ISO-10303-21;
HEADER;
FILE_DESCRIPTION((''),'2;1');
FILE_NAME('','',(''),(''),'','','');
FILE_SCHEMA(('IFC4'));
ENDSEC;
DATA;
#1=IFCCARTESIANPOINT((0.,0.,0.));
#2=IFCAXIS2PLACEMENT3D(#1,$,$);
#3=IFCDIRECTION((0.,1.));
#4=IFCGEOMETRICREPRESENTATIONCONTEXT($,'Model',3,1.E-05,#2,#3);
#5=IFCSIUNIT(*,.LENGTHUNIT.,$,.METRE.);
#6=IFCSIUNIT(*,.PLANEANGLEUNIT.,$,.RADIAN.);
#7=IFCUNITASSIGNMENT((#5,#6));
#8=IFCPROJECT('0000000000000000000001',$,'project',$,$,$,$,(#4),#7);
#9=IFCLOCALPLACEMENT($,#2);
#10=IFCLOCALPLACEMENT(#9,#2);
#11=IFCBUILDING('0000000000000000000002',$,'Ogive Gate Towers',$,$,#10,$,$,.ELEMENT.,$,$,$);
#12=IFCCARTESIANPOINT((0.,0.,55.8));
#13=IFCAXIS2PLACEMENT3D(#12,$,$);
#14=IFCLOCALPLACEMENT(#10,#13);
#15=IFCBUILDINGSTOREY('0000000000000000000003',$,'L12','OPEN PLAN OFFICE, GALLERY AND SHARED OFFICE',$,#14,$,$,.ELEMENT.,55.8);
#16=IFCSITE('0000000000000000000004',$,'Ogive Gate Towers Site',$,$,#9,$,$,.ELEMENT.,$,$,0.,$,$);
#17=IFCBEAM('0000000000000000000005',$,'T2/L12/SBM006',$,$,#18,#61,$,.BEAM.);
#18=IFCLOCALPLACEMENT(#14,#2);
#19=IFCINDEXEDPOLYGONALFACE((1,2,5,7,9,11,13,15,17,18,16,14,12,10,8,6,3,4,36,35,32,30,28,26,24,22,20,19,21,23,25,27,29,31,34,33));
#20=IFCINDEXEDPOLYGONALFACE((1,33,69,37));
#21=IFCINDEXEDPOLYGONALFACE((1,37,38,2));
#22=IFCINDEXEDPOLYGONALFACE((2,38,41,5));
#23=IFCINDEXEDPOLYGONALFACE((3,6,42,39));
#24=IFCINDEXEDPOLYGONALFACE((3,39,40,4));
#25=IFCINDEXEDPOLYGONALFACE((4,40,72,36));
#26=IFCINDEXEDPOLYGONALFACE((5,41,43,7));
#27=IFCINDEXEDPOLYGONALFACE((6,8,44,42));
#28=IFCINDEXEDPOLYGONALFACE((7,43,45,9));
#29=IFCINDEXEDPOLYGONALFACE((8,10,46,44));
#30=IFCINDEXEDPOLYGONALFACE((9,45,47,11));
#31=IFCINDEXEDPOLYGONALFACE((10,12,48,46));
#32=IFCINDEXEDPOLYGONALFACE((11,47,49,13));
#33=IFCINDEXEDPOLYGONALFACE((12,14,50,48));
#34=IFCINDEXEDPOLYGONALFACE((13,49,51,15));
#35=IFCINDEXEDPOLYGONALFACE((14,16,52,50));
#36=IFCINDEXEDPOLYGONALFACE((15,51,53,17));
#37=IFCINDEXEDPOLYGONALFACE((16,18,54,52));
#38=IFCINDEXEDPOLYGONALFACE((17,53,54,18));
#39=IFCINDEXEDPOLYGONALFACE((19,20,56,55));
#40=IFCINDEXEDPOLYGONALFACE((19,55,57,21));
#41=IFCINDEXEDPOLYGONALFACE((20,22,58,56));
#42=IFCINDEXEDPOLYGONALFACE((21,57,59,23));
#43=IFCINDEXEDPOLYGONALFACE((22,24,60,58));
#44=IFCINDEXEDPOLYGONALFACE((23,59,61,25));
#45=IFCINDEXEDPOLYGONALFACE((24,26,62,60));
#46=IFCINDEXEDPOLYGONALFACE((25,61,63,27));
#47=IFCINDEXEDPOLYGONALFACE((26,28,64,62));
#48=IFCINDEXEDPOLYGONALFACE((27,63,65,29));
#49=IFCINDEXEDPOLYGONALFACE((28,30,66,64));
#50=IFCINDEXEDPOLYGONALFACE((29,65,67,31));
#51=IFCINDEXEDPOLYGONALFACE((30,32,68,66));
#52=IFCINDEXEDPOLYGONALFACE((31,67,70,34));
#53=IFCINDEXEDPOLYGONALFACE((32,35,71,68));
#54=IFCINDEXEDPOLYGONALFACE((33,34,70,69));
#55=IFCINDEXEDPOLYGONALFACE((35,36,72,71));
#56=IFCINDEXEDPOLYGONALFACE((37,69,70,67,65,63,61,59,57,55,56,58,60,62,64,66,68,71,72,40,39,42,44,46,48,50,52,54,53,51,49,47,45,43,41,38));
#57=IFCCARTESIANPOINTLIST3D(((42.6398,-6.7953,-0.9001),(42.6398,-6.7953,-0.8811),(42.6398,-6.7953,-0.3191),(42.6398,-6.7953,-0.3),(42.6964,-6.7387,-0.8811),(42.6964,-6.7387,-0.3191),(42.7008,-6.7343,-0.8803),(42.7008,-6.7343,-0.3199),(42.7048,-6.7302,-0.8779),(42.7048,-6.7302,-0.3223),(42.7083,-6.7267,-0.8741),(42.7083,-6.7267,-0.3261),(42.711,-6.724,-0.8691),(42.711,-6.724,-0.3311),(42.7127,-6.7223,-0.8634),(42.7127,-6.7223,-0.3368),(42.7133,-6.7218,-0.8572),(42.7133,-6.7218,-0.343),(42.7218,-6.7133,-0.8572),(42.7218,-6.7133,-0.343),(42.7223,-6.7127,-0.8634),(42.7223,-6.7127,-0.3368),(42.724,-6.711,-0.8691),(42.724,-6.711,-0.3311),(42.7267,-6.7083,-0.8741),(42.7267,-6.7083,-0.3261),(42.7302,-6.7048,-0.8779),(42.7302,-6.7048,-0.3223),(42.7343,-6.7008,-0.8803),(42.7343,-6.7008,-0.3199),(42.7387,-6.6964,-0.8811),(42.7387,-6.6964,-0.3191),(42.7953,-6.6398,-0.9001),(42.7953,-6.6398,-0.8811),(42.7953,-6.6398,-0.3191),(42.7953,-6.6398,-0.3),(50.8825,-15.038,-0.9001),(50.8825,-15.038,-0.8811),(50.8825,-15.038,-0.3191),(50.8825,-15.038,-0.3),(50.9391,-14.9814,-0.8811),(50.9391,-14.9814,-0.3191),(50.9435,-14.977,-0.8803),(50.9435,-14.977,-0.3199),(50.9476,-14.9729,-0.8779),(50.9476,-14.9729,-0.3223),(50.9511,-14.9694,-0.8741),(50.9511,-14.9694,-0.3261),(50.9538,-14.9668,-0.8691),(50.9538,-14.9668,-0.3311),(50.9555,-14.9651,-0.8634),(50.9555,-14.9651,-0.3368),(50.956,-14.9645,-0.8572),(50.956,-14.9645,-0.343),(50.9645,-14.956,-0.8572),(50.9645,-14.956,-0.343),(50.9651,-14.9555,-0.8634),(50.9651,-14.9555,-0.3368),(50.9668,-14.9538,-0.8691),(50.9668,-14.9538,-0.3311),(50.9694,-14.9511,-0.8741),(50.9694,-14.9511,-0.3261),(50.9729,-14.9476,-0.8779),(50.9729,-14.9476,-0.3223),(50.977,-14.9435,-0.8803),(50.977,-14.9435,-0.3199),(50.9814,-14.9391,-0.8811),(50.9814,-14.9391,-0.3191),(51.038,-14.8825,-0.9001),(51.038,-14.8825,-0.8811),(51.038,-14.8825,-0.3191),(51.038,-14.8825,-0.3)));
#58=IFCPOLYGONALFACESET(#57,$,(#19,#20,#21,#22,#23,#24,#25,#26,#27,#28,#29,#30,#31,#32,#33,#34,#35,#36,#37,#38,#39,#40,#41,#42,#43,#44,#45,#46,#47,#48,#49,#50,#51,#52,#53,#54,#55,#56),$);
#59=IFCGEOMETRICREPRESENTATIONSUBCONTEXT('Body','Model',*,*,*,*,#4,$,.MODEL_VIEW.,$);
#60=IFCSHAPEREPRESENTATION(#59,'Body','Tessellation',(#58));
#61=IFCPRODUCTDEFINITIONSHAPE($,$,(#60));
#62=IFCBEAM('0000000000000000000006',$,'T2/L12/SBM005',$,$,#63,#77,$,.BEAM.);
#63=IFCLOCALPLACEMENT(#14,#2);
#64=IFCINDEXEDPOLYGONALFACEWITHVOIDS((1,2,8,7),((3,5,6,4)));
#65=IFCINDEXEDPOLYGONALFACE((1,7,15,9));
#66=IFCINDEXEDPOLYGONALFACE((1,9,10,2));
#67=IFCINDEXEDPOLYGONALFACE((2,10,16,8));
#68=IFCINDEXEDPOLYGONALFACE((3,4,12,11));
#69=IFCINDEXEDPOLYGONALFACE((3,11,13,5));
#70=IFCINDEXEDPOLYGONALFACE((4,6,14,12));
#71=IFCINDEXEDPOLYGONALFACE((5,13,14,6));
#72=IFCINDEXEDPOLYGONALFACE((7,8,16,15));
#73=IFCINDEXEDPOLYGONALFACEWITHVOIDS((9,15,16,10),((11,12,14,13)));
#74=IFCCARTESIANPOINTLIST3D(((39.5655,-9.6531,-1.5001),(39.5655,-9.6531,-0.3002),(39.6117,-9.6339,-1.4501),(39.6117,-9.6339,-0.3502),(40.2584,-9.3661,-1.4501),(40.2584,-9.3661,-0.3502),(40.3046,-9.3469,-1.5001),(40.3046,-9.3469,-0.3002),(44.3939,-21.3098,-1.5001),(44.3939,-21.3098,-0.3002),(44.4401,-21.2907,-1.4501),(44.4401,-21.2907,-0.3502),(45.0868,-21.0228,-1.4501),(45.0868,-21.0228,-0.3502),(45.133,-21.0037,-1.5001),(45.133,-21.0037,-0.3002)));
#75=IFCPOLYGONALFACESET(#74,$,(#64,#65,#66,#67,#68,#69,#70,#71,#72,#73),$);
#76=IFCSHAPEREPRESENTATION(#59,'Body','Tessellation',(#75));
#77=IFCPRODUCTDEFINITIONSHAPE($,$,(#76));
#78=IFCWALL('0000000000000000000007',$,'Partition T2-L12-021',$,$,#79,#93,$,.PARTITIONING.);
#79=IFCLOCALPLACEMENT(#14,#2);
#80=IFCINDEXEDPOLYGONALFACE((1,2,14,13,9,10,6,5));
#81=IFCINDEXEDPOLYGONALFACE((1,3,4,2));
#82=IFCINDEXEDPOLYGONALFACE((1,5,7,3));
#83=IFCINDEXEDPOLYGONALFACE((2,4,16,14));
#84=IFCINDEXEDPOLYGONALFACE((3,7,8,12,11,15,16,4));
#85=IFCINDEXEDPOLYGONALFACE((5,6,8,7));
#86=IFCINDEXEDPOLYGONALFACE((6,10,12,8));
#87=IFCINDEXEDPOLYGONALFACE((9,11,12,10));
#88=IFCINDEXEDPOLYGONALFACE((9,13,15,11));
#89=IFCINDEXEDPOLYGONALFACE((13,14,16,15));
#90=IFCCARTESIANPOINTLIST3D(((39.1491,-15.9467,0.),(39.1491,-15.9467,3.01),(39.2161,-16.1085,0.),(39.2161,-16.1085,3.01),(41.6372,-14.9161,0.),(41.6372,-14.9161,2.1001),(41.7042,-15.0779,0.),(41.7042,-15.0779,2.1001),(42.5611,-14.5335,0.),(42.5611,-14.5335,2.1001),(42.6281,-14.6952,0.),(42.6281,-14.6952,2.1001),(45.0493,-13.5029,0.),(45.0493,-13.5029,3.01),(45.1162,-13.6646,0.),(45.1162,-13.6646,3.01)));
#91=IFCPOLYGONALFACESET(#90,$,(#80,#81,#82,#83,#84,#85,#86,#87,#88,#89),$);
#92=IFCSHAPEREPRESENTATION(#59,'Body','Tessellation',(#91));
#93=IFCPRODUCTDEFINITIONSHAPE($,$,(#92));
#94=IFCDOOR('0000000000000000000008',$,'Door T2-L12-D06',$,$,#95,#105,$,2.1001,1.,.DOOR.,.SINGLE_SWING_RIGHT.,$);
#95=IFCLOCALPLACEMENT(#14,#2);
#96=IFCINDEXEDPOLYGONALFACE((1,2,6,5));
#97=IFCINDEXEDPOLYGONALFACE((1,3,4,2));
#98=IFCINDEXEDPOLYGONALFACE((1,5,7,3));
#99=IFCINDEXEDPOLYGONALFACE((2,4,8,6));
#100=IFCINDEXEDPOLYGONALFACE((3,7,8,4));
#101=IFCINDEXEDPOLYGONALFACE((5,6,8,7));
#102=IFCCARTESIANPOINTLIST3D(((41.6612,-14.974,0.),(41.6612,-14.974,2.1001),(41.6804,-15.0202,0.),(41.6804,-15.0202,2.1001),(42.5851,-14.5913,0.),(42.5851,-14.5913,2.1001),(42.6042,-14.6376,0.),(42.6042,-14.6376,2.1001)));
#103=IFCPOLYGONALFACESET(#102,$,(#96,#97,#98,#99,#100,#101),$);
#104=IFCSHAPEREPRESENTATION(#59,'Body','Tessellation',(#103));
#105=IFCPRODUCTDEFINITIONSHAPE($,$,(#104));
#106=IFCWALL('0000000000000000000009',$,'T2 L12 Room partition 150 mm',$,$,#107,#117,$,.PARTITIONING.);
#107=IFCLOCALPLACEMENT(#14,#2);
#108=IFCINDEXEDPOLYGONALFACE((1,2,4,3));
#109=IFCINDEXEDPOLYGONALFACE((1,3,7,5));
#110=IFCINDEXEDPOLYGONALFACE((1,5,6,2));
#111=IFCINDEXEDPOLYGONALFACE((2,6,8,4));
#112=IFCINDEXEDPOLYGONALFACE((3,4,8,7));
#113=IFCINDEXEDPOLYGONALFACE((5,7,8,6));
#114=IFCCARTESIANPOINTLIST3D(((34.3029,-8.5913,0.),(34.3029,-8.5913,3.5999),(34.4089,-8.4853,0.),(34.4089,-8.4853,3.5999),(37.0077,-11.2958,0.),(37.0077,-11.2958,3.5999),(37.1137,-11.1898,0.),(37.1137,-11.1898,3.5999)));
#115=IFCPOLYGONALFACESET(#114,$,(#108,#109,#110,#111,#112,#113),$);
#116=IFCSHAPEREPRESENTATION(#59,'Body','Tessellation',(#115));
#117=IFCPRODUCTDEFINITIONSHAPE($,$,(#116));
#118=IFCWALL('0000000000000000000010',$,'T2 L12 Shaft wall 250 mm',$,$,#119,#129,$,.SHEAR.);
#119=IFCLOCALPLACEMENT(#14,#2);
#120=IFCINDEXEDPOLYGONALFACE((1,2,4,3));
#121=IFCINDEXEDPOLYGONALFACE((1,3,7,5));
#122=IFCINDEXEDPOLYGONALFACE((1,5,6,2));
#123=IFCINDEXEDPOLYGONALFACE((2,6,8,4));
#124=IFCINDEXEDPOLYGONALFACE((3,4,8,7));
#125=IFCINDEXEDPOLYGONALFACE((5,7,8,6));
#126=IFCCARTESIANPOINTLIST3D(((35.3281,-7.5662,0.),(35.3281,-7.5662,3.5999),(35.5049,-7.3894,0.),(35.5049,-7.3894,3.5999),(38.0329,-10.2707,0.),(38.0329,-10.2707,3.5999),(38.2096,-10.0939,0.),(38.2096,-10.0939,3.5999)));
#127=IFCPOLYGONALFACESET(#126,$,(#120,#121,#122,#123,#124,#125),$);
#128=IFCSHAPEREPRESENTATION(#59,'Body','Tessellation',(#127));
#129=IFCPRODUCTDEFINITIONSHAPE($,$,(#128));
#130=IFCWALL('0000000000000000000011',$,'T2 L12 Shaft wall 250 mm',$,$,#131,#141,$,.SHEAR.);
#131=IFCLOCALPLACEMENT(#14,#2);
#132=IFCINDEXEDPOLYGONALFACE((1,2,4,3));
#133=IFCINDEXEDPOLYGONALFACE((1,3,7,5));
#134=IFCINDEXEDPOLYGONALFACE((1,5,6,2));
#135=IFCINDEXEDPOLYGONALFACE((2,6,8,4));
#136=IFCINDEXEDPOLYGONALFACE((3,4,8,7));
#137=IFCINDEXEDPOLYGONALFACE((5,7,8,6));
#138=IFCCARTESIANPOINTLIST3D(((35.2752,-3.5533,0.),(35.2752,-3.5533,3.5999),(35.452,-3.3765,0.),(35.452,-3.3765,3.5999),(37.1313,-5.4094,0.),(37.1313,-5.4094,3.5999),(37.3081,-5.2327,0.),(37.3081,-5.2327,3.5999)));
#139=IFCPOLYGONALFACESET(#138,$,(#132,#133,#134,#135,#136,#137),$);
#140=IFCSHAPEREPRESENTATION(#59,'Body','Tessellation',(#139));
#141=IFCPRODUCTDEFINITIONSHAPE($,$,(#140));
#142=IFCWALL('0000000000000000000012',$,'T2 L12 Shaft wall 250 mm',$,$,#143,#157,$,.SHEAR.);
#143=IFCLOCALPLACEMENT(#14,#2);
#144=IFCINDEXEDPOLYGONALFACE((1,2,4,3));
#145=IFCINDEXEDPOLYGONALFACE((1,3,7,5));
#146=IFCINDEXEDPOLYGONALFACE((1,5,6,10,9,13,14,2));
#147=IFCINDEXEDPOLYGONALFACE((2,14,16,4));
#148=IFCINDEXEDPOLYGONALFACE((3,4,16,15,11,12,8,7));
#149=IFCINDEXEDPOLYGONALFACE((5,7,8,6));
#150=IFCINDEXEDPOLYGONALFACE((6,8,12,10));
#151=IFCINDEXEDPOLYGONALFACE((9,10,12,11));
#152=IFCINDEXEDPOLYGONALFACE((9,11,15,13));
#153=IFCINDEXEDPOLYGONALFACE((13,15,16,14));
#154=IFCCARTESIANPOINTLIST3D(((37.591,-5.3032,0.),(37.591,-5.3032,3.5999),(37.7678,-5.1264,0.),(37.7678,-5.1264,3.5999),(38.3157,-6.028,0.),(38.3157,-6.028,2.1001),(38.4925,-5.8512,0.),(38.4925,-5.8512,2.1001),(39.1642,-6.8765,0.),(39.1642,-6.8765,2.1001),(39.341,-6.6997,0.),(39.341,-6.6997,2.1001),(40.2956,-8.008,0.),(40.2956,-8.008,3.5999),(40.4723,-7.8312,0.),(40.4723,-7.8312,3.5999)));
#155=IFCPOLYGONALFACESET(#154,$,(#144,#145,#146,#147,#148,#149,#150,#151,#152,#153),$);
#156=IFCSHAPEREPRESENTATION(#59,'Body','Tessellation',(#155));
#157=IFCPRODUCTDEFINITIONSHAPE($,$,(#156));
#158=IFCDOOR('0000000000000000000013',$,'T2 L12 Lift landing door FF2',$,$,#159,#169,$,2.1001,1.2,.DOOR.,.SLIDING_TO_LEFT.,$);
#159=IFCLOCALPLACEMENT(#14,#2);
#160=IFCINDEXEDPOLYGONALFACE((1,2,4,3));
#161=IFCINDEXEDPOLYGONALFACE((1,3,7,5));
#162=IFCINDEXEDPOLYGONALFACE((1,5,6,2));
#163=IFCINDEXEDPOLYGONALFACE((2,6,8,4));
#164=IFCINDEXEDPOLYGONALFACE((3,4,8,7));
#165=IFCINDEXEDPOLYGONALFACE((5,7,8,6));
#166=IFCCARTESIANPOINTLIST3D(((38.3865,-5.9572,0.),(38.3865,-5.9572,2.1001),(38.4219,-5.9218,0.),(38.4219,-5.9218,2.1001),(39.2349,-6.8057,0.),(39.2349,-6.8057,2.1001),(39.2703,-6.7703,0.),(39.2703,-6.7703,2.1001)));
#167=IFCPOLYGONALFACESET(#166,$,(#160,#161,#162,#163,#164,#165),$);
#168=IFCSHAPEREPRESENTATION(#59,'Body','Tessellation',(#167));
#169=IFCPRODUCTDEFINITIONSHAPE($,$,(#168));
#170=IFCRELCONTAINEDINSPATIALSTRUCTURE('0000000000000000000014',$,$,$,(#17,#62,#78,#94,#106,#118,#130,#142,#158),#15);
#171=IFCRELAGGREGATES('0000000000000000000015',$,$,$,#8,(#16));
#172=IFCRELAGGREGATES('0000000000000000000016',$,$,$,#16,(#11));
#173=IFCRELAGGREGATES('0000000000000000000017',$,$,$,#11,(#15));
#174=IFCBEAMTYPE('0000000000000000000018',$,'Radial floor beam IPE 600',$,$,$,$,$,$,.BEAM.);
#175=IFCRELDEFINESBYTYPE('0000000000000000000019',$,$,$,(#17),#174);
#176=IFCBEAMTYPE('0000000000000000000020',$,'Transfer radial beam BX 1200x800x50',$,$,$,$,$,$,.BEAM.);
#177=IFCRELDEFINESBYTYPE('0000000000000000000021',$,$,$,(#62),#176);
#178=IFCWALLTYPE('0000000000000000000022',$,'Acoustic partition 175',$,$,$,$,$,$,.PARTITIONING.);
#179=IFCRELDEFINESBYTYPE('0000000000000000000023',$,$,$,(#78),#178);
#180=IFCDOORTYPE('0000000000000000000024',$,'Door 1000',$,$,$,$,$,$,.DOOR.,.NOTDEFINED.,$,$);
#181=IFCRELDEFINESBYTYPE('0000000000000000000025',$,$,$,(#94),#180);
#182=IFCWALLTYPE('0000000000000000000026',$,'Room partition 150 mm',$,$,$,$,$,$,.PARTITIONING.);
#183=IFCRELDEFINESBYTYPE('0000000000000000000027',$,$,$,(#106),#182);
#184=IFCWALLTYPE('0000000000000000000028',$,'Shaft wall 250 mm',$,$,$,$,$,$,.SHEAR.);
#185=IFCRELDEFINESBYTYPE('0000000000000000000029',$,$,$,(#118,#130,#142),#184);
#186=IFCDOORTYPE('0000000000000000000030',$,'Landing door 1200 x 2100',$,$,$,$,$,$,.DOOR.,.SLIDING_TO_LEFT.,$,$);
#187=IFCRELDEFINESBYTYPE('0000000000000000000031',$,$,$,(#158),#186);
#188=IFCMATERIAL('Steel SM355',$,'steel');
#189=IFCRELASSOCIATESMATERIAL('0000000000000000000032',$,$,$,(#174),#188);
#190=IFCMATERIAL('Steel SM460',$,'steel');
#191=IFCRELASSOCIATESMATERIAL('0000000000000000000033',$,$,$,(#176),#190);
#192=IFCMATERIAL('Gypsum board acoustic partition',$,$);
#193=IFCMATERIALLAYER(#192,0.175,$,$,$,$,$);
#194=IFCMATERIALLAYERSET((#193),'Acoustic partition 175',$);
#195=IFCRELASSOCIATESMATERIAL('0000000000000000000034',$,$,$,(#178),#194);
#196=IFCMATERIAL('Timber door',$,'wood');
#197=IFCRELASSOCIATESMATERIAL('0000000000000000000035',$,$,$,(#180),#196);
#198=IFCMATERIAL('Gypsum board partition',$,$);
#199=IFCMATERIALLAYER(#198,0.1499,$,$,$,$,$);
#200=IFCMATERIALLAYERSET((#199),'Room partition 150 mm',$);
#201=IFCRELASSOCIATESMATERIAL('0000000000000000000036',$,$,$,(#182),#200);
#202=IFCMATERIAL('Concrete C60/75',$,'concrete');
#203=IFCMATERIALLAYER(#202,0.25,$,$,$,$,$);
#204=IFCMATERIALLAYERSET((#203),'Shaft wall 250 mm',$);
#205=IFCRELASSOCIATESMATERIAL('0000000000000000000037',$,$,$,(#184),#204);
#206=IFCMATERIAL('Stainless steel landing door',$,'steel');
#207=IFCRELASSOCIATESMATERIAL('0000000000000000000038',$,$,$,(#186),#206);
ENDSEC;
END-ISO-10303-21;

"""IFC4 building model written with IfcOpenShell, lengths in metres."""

from ifc_helpers import new_model, si_unit, direction, frame, frame_2d, origin, origin_2d, place, context, subcontext, project, spatial, rectangle, hollow_rectangle, i_section, extrude, material, layer, layer_set, material_profile, profile_set, type_object, element, fill, save


model = new_model("IFC4")

# Units and contexts
model_context = context("Model", 3, precision=1e-05, world=origin(), true_north=direction((0.0, 1.0)))
body_context = subcontext(model_context, "Body", "Model", "MODEL_VIEW")
ifc_project = project(units=[si_unit("LENGTHUNIT", "METRE"), si_unit("PLANEANGLEUNIT", "RADIAN")], contexts=[model_context])

# Site, building, storey
site_placement = place(None, origin())
site = spatial("IfcSite", under=ifc_project, at=site_placement, Name="Ogive Gate Towers Site", CompositionType="ELEMENT", RefElevation=0.0)
building_placement = place(site_placement, origin())
building = spatial("IfcBuilding", under=site, at=building_placement, Name="Ogive Gate Towers", CompositionType="ELEMENT")
storey_placement = place(building_placement, frame((0.0, 0.0, 55.8)))
storey = spatial("IfcBuildingStorey", under=building, at=storey_placement, Name="L12", Description="OPEN PLAN OFFICE, GALLERY AND SHARED OFFICE", CompositionType="ELEMENT", Elevation=55.8)

# Beams
ifc_material_1 = material(Name="Steel SM355", Category="steel")
ifc_material_profile_1 = material_profile(ifc_material_1, i_section(OverallWidth=0.22, OverallDepth=0.6001, WebThickness=0.012, FlangeThickness=0.019, FilletRadius=0.0239, at=origin_2d()), Name="IPE 600")
ifc_profile_set_1 = profile_set([ifc_material_profile_1], Name="Steel SM355")
beam_type_1 = type_object("IfcBeamType", Name="Radial floor beam IPE 600", PredefinedType="BEAM", material=ifc_profile_set_1)
beam_1_placement = place(storey_placement, frame((42.7175, -6.7175, -0.6001), z_axis=(0.707107, -0.707107, 0.0), x_axis=(0.707107, 0.707107, 0.0)))
element("IfcBeam", 1, at=beam_1_placement, inside=storey, type_object=beam_type_1, Name="T2/L12/SBM006", PredefinedType="BEAM", context=body_context, shape_type="SweptSolid", body=[
    extrude(i_section(OverallWidth=0.22, OverallDepth=0.6001, WebThickness=0.012, FlangeThickness=0.019, FilletRadius=0.0239, at=origin_2d()), origin(), (0.0, 0.0, 1.0), 11.657),
])
ifc_material_2 = material(Name="Steel SM460", Category="steel")
ifc_material_profile_2 = material_profile(ifc_material_2, hollow_rectangle(XDim=0.8, YDim=1.2, WallThickness=0.05, at=origin_2d()), Name="BX 1200x800x50")
ifc_profile_set_2 = profile_set([ifc_material_profile_2], Name="Steel SM460")
beam_type_2 = type_object("IfcBeamType", Name="Transfer radial beam BX 1200x800x50", PredefinedType="BEAM", material=ifc_profile_set_2)
beam_2_placement = place(storey_placement, frame((39.9351, -9.5, -0.9001), z_axis=(0.382683, -0.92388, 0.0), x_axis=(0.92388, 0.382683, 0.0)))
element("IfcBeam", 2, at=beam_2_placement, inside=storey, type_object=beam_type_2, Name="T2/L12/SBM005", PredefinedType="BEAM", context=body_context, shape_type="SweptSolid", body=[
    extrude(hollow_rectangle(XDim=0.8, YDim=1.2, WallThickness=0.05, at=origin_2d()), origin(), (0.0, 0.0, 1.0), 12.6172),
])

# Wall, opening, door
ifc_material_3 = material(Name="Gypsum board acoustic partition")
ifc_layer_1 = layer(ifc_material_3, 0.175)
ifc_layer_set_1 = layer_set([ifc_layer_1], Name="Acoustic partition 175")
wall_type_1 = type_object("IfcWallType", Name="Acoustic partition 175", PredefinedType="PARTITIONING", material=ifc_layer_set_1)
wall_1_placement = place(storey_placement, frame((39.1826, -16.0276, 0.0), z_axis=(0.0, 0.0, 1.0), x_axis=(0.923884, 0.382674, 0.0)))
wall_1 = element("IfcWall", 3, at=wall_1_placement, inside=storey, type_object=wall_type_1, Name="Partition T2-L12-021", PredefinedType="PARTITIONING", context=body_context, shape_type="SweptSolid", body=[
    extrude(rectangle(XDim=6.3862, YDim=0.175, at=frame_2d((3.1931, 0.0))), origin(), (0.0, 0.0, 1.0), 3.01),
])
opening_1_placement = place(wall_1_placement, frame((2.6931, 0.0, 0.0)))
opening_1 = element("IfcOpeningElement", 4, at=opening_1_placement, cuts=wall_1, PredefinedType="OPENING", context=body_context, shape_type="SweptSolid", body=[
    extrude(rectangle(XDim=1.0, YDim=2.1001, at=frame_2d((0.5, 1.05))), frame((0.0, 0.0977, 0.0), z_axis=(0.0, -1.0, 0.0), x_axis=(1.0, 0.0, 0.0)), (0.0, 0.0, 1.0), 0.1951),
])
ifc_material_4 = material(Name="Timber door", Category="wood")
door_type_1 = type_object("IfcDoorType", Name="Door 1000", OperationType="NOTDEFINED", PredefinedType="DOOR", material=ifc_material_4)
door_1_placement = place(opening_1_placement, origin())
door_1 = element("IfcDoor", 5, at=door_1_placement, inside=storey, type_object=door_type_1, Name="Door T2-L12-D06", OperationType="SINGLE_SWING_RIGHT", OverallHeight=2.1001, OverallWidth=1.0, PredefinedType="DOOR", context=body_context, shape_type="SweptSolid", body=[
    extrude(rectangle(XDim=1.0, YDim=2.1001, at=frame_2d((0.5, 1.05))), frame((0.0, 0.0249, 0.0), z_axis=(0.0, -1.0, 0.0), x_axis=(1.0, 0.0, 0.0)), (0.0, 0.0, 1.0), 0.05),
])
fill(opening_1, door_1)

# Walls
ifc_material_5 = material(Name="Gypsum board partition")
ifc_layer_2 = layer(ifc_material_5, 0.1499)
ifc_layer_set_2 = layer_set([ifc_layer_2], Name="Room partition 150 mm")
wall_type_2 = type_object("IfcWallType", Name="Room partition 150 mm", PredefinedType="PARTITIONING", material=ifc_layer_set_2)
wall_2_placement = place(storey_placement, frame((37.0608, -11.2429, 0.0), z_axis=(0.0, 0.0, 1.0), x_axis=(-0.707139, 0.707075, 0.0)))
element("IfcWall", 6, at=wall_2_placement, inside=storey, type_object=wall_type_2, Name="T2 L12 Room partition 150 mm", PredefinedType="PARTITIONING", context=body_context, shape_type="SweptSolid", body=[
    extrude(rectangle(XDim=3.825, YDim=0.1499, at=frame_2d((1.9126, 0.0))), origin(), (0.0, 0.0, 1.0), 3.5999),
])
ifc_material_6 = material(Name="Concrete C60/75", Category="concrete")
ifc_layer_3 = layer(ifc_material_6, 0.25)
ifc_layer_set_3 = layer_set([ifc_layer_3], Name="Shaft wall 250 mm")
wall_type_3 = type_object("IfcWallType", Name="Shaft wall 250 mm", PredefinedType="SHEAR", material=ifc_layer_set_3)
wall_3_placement = place(storey_placement, frame((38.1213, -10.1824, 0.0), z_axis=(0.0, 0.0, 1.0), x_axis=(-0.707139, 0.707075, 0.0)))
element("IfcWall", 7, at=wall_3_placement, inside=storey, type_object=wall_type_3, Name="T2 L12 Shaft wall 250 mm", PredefinedType="SHEAR", context=body_context, shape_type="SweptSolid", body=[
    extrude(rectangle(XDim=3.825, YDim=0.25, at=frame_2d((1.9126, 0.0))), origin(), (0.0, 0.0, 1.0), 3.5999),
])
wall_4_placement = place(storey_placement, frame((37.2197, -5.321, 0.0), z_axis=(0.0, 0.0, 1.0), x_axis=(-0.707107, 0.707107, 0.0)))
element("IfcWall", 8, at=wall_4_placement, inside=storey, type_object=wall_type_3, Name="T2 L12 Shaft wall 250 mm", PredefinedType="SHEAR", context=body_context, shape_type="SweptSolid", body=[
    extrude(rectangle(XDim=2.625, YDim=0.25, at=frame_2d((1.3125, 0.0))), origin(), (0.0, 0.0, 1.0), 3.5999),
])

# Wall, opening, door
wall_5_placement = place(storey_placement, frame((40.384, -7.9197, 0.0), z_axis=(0.0, 0.0, 1.0), x_axis=(-0.707075, 0.707139, 0.0)))
wall_5 = element("IfcWall", 9, at=wall_5_placement, inside=storey, type_object=wall_type_3, Name="T2 L12 Shaft wall 250 mm", PredefinedType="SHEAR", context=body_context, shape_type="SweptSolid", body=[
    extrude(rectangle(XDim=3.825, YDim=0.25, at=frame_2d((1.9126, 0.0))), origin(), (0.0, 0.0, 1.0), 3.5999),
])
opening_2_placement = place(wall_5_placement, frame((1.6001, 0.0, 0.0)))
opening_2 = element("IfcOpeningElement", 10, at=opening_2_placement, cuts=wall_5, PredefinedType="OPENING", context=body_context, shape_type="SweptSolid", body=[
    extrude(rectangle(XDim=1.2, YDim=2.1001, at=frame_2d((0.6001, 1.05))), frame((0.0, 0.135, 0.0), z_axis=(0.0, -1.0, 0.0), x_axis=(1.0, 0.0, 0.0)), (0.0, 0.0, 1.0), 0.27),
])
ifc_material_7 = material(Name="Stainless steel landing door", Category="steel")
door_type_2 = type_object("IfcDoorType", Name="Landing door 1200 x 2100", OperationType="SLIDING_TO_LEFT", PredefinedType="DOOR", material=ifc_material_7)
door_2_placement = place(opening_2_placement, origin())
door_2 = element("IfcDoor", 11, at=door_2_placement, inside=storey, type_object=door_type_2, Name="T2 L12 Lift landing door FF2", OperationType="SLIDING_TO_LEFT", OverallHeight=2.1001, OverallWidth=1.2, PredefinedType="DOOR", context=body_context, shape_type="SweptSolid", body=[
    extrude(rectangle(XDim=1.2, YDim=2.1001, at=frame_2d((0.6001, 1.05))), frame((0.0, 0.0249, 0.0), z_axis=(0.0, -1.0, 0.0), x_axis=(1.0, 0.0, 0.0)), (0.0, 0.0, 1.0), 0.05),
])
fill(opening_2, door_2)

save(model, "model.ifc")
